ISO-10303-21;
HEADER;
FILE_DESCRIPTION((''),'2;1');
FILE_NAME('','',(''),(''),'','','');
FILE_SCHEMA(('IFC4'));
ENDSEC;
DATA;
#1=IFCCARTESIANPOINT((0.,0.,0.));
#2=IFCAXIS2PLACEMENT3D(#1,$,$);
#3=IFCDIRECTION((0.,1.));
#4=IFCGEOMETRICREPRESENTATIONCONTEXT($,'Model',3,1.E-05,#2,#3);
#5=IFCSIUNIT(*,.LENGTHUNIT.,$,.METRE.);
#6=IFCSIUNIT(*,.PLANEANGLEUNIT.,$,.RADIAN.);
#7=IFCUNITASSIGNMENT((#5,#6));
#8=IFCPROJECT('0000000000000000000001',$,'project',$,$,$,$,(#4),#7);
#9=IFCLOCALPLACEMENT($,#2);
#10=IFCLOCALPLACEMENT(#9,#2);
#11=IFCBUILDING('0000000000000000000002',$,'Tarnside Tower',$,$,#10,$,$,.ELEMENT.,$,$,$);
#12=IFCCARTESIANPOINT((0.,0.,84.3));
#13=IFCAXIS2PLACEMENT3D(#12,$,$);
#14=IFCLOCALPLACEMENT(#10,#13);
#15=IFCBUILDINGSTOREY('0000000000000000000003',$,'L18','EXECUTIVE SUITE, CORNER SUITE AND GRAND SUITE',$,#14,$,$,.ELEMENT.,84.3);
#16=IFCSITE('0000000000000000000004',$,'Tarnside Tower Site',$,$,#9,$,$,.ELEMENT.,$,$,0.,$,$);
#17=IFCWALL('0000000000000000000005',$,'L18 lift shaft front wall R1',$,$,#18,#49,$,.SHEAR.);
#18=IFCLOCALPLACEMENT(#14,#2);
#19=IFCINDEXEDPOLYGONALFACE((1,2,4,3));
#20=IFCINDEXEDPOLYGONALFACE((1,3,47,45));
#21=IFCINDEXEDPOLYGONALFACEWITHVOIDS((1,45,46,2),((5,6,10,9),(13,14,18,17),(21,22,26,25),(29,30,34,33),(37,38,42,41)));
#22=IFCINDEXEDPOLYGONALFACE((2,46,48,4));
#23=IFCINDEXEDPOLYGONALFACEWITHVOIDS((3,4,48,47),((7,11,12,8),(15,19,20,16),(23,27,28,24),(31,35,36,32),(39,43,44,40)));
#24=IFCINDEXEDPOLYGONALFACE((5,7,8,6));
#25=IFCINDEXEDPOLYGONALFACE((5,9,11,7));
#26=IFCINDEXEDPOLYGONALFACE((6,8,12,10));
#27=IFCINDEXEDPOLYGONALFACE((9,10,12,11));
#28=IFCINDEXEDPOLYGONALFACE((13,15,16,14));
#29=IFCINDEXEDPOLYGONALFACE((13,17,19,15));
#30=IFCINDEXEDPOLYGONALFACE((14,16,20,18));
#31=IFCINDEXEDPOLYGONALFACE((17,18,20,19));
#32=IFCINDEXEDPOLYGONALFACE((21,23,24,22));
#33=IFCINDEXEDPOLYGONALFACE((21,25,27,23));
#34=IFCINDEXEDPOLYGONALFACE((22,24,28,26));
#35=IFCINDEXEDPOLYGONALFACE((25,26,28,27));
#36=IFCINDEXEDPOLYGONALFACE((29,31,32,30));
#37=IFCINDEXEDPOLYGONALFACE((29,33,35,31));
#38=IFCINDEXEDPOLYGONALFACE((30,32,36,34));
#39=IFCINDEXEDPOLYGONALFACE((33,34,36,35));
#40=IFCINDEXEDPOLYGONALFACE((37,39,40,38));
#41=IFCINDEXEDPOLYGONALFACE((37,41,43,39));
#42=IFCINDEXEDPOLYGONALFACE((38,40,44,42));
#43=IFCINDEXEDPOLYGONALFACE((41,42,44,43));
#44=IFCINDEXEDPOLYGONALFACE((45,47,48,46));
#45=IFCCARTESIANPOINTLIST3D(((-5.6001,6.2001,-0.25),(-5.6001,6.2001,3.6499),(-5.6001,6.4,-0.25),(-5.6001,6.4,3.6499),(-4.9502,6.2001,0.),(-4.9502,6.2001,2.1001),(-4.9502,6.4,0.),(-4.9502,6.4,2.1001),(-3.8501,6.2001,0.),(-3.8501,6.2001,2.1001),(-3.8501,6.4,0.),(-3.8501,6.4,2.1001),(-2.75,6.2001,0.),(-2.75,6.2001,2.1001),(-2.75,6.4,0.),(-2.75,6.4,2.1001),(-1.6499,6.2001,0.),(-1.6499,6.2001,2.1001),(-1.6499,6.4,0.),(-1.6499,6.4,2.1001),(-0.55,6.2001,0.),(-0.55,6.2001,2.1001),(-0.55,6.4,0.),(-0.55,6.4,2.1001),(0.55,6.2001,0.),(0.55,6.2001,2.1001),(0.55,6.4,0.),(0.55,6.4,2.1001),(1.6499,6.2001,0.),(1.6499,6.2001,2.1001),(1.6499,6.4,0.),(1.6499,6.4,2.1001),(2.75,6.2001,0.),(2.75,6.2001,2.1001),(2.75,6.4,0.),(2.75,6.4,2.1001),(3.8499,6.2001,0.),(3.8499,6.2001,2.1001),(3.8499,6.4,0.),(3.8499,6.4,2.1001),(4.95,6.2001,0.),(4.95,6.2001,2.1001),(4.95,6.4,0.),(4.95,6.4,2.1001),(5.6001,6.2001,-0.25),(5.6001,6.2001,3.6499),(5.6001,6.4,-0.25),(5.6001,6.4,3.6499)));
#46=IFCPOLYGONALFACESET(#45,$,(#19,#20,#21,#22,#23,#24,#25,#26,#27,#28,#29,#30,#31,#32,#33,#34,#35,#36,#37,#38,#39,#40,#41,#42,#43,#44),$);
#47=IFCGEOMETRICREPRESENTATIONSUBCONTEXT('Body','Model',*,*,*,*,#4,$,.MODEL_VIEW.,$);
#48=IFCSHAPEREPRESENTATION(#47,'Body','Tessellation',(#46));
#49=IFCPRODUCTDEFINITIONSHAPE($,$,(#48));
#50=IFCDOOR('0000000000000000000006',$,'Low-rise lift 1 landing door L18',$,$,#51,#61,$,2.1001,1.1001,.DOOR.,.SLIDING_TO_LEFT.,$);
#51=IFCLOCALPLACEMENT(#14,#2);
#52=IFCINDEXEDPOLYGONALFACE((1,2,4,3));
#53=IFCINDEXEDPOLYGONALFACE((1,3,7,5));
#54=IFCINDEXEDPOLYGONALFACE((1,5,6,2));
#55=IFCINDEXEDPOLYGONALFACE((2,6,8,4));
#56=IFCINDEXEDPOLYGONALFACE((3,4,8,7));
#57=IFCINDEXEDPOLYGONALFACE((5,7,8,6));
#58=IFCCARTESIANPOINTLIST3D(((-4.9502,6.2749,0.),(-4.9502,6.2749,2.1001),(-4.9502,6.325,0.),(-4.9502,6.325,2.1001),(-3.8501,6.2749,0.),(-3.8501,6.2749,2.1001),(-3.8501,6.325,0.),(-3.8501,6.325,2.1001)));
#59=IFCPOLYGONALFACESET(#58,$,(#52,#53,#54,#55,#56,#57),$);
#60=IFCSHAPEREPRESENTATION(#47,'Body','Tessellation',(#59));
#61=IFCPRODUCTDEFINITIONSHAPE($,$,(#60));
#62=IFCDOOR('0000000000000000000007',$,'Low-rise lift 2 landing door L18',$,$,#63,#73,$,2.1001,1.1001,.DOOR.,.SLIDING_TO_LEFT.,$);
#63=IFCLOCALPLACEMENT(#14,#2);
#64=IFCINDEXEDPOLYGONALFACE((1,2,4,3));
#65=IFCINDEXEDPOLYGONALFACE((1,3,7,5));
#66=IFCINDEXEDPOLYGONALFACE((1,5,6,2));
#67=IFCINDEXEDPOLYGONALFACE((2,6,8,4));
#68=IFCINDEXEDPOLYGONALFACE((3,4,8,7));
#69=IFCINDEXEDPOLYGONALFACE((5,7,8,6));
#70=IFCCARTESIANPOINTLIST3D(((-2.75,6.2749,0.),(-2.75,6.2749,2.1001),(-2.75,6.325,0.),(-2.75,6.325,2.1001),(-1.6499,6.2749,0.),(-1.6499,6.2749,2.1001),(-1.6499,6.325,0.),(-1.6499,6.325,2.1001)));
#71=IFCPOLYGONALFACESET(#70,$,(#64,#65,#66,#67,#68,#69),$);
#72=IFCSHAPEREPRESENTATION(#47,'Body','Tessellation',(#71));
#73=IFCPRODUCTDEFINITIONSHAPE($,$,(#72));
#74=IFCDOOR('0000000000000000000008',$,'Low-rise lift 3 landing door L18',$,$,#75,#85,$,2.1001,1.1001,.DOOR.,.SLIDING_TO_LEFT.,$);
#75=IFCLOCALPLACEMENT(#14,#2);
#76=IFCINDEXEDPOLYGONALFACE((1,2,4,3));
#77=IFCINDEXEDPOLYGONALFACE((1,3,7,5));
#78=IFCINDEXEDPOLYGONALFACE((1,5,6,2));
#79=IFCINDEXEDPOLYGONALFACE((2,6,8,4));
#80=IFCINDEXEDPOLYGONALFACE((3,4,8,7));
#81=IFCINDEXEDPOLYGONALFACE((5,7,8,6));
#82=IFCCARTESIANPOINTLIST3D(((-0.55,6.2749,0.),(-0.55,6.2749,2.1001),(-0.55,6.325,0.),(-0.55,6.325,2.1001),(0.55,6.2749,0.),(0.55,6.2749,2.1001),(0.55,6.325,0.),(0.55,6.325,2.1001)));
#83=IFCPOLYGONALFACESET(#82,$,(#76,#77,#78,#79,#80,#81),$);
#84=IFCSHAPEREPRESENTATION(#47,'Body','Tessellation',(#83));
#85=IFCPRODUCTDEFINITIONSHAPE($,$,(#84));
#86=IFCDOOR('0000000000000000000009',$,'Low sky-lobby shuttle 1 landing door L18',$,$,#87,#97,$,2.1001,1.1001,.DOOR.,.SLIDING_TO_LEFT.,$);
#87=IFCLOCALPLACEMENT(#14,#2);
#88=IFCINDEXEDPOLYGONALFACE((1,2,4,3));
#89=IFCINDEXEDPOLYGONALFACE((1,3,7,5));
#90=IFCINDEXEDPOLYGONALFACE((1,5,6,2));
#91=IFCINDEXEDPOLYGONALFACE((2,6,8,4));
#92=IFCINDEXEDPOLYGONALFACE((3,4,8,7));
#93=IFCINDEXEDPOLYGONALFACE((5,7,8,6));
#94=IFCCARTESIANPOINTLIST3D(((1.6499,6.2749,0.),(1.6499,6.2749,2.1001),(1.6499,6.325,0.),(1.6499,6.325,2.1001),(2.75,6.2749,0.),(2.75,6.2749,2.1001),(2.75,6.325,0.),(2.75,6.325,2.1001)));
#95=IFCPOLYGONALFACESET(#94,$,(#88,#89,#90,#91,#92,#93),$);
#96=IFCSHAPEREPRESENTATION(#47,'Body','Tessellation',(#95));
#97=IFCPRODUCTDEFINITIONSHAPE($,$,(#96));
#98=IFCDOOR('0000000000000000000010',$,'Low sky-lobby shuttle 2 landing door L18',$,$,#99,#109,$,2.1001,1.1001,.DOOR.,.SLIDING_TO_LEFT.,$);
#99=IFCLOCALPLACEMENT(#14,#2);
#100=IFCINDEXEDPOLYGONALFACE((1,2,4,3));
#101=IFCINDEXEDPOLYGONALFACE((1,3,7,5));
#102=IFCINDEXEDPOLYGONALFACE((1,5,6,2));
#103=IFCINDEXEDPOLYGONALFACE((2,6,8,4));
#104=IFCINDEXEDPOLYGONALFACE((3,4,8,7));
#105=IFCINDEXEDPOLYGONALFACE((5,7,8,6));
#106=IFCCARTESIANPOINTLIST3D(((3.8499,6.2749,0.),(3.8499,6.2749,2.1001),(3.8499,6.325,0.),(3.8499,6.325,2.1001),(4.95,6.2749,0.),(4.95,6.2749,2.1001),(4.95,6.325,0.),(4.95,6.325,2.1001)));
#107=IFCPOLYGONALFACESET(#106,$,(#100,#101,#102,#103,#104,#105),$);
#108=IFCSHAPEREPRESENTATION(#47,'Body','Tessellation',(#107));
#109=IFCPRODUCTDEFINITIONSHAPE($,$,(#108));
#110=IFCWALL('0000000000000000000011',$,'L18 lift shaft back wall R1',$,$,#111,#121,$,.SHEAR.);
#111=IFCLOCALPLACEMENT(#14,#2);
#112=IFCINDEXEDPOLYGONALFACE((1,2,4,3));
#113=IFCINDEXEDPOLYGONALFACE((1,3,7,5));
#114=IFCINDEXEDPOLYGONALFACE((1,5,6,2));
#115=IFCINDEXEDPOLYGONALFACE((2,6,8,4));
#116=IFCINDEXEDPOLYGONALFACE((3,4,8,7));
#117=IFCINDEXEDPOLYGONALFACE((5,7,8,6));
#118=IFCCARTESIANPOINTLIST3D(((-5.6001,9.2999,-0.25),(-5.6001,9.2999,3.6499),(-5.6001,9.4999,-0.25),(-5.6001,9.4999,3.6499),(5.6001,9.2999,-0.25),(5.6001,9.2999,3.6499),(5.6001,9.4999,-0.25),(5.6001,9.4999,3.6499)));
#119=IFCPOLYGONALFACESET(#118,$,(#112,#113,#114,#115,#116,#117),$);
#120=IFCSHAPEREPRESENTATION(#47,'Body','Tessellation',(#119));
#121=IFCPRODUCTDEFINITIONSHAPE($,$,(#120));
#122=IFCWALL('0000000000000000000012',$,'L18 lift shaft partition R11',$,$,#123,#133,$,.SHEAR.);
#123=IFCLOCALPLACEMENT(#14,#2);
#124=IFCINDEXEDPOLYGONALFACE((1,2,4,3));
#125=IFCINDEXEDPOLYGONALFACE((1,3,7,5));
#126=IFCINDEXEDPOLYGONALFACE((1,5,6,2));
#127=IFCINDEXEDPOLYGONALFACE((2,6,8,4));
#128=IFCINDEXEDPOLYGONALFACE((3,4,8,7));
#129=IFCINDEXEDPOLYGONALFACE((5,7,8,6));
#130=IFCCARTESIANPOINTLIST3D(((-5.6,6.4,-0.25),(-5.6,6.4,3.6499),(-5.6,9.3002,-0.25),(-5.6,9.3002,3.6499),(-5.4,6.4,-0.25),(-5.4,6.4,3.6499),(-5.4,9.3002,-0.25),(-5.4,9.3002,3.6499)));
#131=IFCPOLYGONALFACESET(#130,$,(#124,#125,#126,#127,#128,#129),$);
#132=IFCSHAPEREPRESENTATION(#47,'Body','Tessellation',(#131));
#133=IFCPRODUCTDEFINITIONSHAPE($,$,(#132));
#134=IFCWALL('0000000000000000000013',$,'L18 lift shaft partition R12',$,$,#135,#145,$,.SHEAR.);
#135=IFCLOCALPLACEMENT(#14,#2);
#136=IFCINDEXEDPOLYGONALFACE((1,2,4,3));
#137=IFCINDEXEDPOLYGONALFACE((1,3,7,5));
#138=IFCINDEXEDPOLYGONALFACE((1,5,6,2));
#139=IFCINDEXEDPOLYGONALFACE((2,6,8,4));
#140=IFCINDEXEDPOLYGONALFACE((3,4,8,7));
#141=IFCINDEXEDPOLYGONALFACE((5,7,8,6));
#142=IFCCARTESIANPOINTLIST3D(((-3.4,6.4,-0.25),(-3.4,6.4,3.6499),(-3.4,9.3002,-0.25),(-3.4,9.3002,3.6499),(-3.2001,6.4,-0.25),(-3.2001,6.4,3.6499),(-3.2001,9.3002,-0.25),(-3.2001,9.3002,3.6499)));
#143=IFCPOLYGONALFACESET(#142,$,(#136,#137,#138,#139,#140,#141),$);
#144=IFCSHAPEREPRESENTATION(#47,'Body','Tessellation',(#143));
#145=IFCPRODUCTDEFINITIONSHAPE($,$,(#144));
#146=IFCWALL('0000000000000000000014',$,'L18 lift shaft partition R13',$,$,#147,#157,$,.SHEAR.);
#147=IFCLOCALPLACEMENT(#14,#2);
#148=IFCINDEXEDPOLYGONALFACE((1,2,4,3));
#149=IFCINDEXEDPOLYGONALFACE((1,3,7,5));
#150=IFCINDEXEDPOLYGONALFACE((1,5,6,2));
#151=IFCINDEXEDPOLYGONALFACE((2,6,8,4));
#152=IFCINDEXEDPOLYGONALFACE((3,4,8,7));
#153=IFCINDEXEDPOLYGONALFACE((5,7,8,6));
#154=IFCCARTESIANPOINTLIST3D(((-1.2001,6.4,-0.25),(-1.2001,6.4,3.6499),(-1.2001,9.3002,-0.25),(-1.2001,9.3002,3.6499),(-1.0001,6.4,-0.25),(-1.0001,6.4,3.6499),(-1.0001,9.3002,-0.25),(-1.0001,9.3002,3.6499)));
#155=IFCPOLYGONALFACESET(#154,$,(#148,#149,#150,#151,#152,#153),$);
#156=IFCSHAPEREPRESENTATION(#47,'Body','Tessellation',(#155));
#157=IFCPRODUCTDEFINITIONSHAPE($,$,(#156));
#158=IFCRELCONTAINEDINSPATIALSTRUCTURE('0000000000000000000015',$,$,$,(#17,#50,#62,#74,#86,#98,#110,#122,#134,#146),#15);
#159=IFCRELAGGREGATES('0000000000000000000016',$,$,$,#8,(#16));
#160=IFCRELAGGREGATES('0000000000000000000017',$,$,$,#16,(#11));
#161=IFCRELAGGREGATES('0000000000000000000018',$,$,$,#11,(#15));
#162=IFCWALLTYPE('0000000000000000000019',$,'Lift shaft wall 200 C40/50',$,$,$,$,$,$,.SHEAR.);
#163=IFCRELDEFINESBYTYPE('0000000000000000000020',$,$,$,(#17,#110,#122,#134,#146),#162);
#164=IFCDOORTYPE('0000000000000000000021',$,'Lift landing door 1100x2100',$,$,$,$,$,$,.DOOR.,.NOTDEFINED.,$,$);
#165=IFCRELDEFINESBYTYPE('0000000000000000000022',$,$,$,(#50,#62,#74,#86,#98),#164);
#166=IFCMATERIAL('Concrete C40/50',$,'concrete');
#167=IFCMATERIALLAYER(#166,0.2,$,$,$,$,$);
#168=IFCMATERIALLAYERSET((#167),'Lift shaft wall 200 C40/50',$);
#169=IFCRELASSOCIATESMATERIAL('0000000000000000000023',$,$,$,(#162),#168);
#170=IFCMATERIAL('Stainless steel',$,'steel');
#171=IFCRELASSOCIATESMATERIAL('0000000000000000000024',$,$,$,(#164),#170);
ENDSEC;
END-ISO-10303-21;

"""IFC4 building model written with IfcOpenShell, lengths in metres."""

from ifc_helpers import new_model, si_unit, direction, frame, frame_2d, origin, place, context, subcontext, project, spatial, rectangle, extrude, material, layer, layer_set, type_object, element, fill, save


model = new_model("IFC4")

# Units and contexts
model_context = context("Model", 3, precision=1e-05, world=origin(), true_north=direction((0.0, 1.0)))
body_context = subcontext(model_context, "Body", "Model", "MODEL_VIEW")
ifc_project = project(units=[si_unit("LENGTHUNIT", "METRE"), si_unit("PLANEANGLEUNIT", "RADIAN")], contexts=[model_context])

# Site, building, storey
site_placement = place(None, origin())
site = spatial("IfcSite", under=ifc_project, at=site_placement, Name="Tarnside Tower Site", CompositionType="ELEMENT", RefElevation=0.0)
building_placement = place(site_placement, origin())
building = spatial("IfcBuilding", under=site, at=building_placement, Name="Tarnside Tower", CompositionType="ELEMENT")
storey_placement = place(building_placement, frame((0.0, 0.0, 84.3)))
storey = spatial("IfcBuildingStorey", under=building, at=storey_placement, Name="L18", Description="EXECUTIVE SUITE, CORNER SUITE AND GRAND SUITE", CompositionType="ELEMENT", Elevation=84.3)

# Wall, openings, doors
ifc_material_1 = material(Name="Concrete C40/50", Category="concrete")
ifc_layer = layer(ifc_material_1, 0.2)
ifc_layer_set = layer_set([ifc_layer], Name="Lift shaft wall 200 C40/50")
wall_type = type_object("IfcWallType", Name="Lift shaft wall 200 C40/50", PredefinedType="SHEAR", material=ifc_layer_set)
wall_1_placement = place(storey_placement, frame((-5.6001, 6.3, -0.25), z_axis=(0.0, 0.0, 1.0), x_axis=(1.0, 0.0, 0.0)))
wall_1 = element("IfcWall", 1, at=wall_1_placement, inside=storey, type_object=wall_type, Name="L18 lift shaft front wall R1", PredefinedType="SHEAR", context=body_context, shape_type="SweptSolid", body=[
    extrude(rectangle(XDim=11.2002, YDim=0.2, at=frame_2d((5.6001, 0.0))), origin(), (0.0, 0.0, 1.0), 3.8999),
])
opening_1_placement = place(wall_1_placement, frame((0.6499, 0.0, 0.25)))
opening_1 = element("IfcOpeningElement", 2, at=opening_1_placement, cuts=wall_1, PredefinedType="OPENING", context=body_context, shape_type="SweptSolid", body=[
    extrude(rectangle(XDim=1.1001, YDim=2.1001, at=frame_2d((0.55, 1.05))), frame((0.0, 0.1099, 0.0), z_axis=(0.0, -1.0, 0.0), x_axis=(1.0, 0.0, 0.0)), (0.0, 0.0, 1.0), 0.22),
])
opening_2_placement = place(wall_1_placement, frame((2.8501, 0.0, 0.25)))
opening_2 = element("IfcOpeningElement", 3, at=opening_2_placement, cuts=wall_1, PredefinedType="OPENING", context=body_context, shape_type="SweptSolid", body=[
    extrude(rectangle(XDim=1.1001, YDim=2.1001, at=frame_2d((0.55, 1.05))), frame((0.0, 0.1099, 0.0), z_axis=(0.0, -1.0, 0.0), x_axis=(1.0, 0.0, 0.0)), (0.0, 0.0, 1.0), 0.22),
])
opening_3_placement = place(wall_1_placement, frame((5.05, 0.0, 0.25)))
opening_3 = element("IfcOpeningElement", 4, at=opening_3_placement, cuts=wall_1, PredefinedType="OPENING", context=body_context, shape_type="SweptSolid", body=[
    extrude(rectangle(XDim=1.1001, YDim=2.1001, at=frame_2d((0.55, 1.05))), frame((0.0, 0.1099, 0.0), z_axis=(0.0, -1.0, 0.0), x_axis=(1.0, 0.0, 0.0)), (0.0, 0.0, 1.0), 0.22),
])
opening_4_placement = place(wall_1_placement, frame((7.25, 0.0, 0.25)))
opening_4 = element("IfcOpeningElement", 5, at=opening_4_placement, cuts=wall_1, PredefinedType="OPENING", context=body_context, shape_type="SweptSolid", body=[
    extrude(rectangle(XDim=1.1001, YDim=2.1001, at=frame_2d((0.55, 1.05))), frame((0.0, 0.1099, 0.0), z_axis=(0.0, -1.0, 0.0), x_axis=(1.0, 0.0, 0.0)), (0.0, 0.0, 1.0), 0.22),
])
opening_5_placement = place(wall_1_placement, frame((9.45, 0.0, 0.25)))
opening_5 = element("IfcOpeningElement", 6, at=opening_5_placement, cuts=wall_1, PredefinedType="OPENING", context=body_context, shape_type="SweptSolid", body=[
    extrude(rectangle(XDim=1.1001, YDim=2.1001, at=frame_2d((0.55, 1.05))), frame((0.0, 0.1099, 0.0), z_axis=(0.0, -1.0, 0.0), x_axis=(1.0, 0.0, 0.0)), (0.0, 0.0, 1.0), 0.22),
])
ifc_material_2 = material(Name="Stainless steel", Category="steel")
door_type = type_object("IfcDoorType", Name="Lift landing door 1100x2100", OperationType="NOTDEFINED", PredefinedType="DOOR", material=ifc_material_2)
door_1_placement = place(opening_1_placement, origin())
door_1 = element("IfcDoor", 7, at=door_1_placement, inside=storey, type_object=door_type, Name="Low-rise lift 1 landing door L18", OperationType="SLIDING_TO_LEFT", OverallHeight=2.1001, OverallWidth=1.1001, PredefinedType="DOOR", context=body_context, shape_type="SweptSolid", body=[
    extrude(rectangle(XDim=1.1001, YDim=2.1001, at=frame_2d((0.55, 1.05))), frame((0.0, 0.0249, 0.0), z_axis=(0.0, -1.0, 0.0), x_axis=(1.0, 0.0, 0.0)), (0.0, 0.0, 1.0), 0.05),
])
fill(opening_1, door_1)
door_2_placement = place(opening_2_placement, origin())
door_2 = element("IfcDoor", 8, at=door_2_placement, inside=storey, type_object=door_type, Name="Low-rise lift 2 landing door L18", OperationType="SLIDING_TO_LEFT", OverallHeight=2.1001, OverallWidth=1.1001, PredefinedType="DOOR", context=body_context, shape_type="SweptSolid", body=[
    extrude(rectangle(XDim=1.1001, YDim=2.1001, at=frame_2d((0.55, 1.05))), frame((0.0, 0.0249, 0.0), z_axis=(0.0, -1.0, 0.0), x_axis=(1.0, 0.0, 0.0)), (0.0, 0.0, 1.0), 0.05),
])
fill(opening_2, door_2)
door_3_placement = place(opening_3_placement, origin())
door_3 = element("IfcDoor", 9, at=door_3_placement, inside=storey, type_object=door_type, Name="Low-rise lift 3 landing door L18", OperationType="SLIDING_TO_LEFT", OverallHeight=2.1001, OverallWidth=1.1001, PredefinedType="DOOR", context=body_context, shape_type="SweptSolid", body=[
    extrude(rectangle(XDim=1.1001, YDim=2.1001, at=frame_2d((0.55, 1.05))), frame((0.0, 0.0249, 0.0), z_axis=(0.0, -1.0, 0.0), x_axis=(1.0, 0.0, 0.0)), (0.0, 0.0, 1.0), 0.05),
])
fill(opening_3, door_3)
door_4_placement = place(opening_4_placement, origin())
door_4 = element("IfcDoor", 10, at=door_4_placement, inside=storey, type_object=door_type, Name="Low sky-lobby shuttle 1 landing door L18", OperationType="SLIDING_TO_LEFT", OverallHeight=2.1001, OverallWidth=1.1001, PredefinedType="DOOR", context=body_context, shape_type="SweptSolid", body=[
    extrude(rectangle(XDim=1.1001, YDim=2.1001, at=frame_2d((0.55, 1.05))), frame((0.0, 0.0249, 0.0), z_axis=(0.0, -1.0, 0.0), x_axis=(1.0, 0.0, 0.0)), (0.0, 0.0, 1.0), 0.05),
])
fill(opening_4, door_4)
door_5_placement = place(opening_5_placement, origin())
door_5 = element("IfcDoor", 11, at=door_5_placement, inside=storey, type_object=door_type, Name="Low sky-lobby shuttle 2 landing door L18", OperationType="SLIDING_TO_LEFT", OverallHeight=2.1001, OverallWidth=1.1001, PredefinedType="DOOR", context=body_context, shape_type="SweptSolid", body=[
    extrude(rectangle(XDim=1.1001, YDim=2.1001, at=frame_2d((0.55, 1.05))), frame((0.0, 0.0249, 0.0), z_axis=(0.0, -1.0, 0.0), x_axis=(1.0, 0.0, 0.0)), (0.0, 0.0, 1.0), 0.05),
])
fill(opening_5, door_5)

# Walls
wall_2_placement = place(storey_placement, frame((-5.6001, 9.3999, -0.25), z_axis=(0.0, 0.0, 1.0), x_axis=(1.0, 0.0, 0.0)))
element("IfcWall", 12, at=wall_2_placement, inside=storey, type_object=wall_type, Name="L18 lift shaft back wall R1", PredefinedType="SHEAR", context=body_context, shape_type="SweptSolid", body=[
    extrude(rectangle(XDim=11.2002, YDim=0.2, at=frame_2d((5.6001, 0.0))), origin(), (0.0, 0.0, 1.0), 3.8999),
])
for number, where, z_axis, x_axis, name in (
    (13, (-5.5, 6.3999, -0.25), (0.0, 0.0, 1.0), (0.0, 1.0, 0.0), "L18 lift shaft partition R11"),
    (14, (-3.3, 6.3999, -0.25), (0.0, 0.0, 1.0), (0.0, 1.0, 0.0), "L18 lift shaft partition R12"),
    (15, (-1.1001, 6.3999, -0.25), (0.0, 0.0, 1.0), (0.0, 1.0, 0.0), "L18 lift shaft partition R13"),
):
    element("IfcWall", number, at=place(storey_placement, frame(where, z_axis=z_axis, x_axis=x_axis)), inside=storey, type_object=wall_type, Name=name, PredefinedType="SHEAR", context=body_context, shape_type="SweptSolid", body=[
        extrude(rectangle(XDim=2.9001, YDim=0.2, at=frame_2d((1.4502, 0.0))), origin(), (0.0, 0.0, 1.0), 3.8999),
    ])

save(model, "model.ifc")
